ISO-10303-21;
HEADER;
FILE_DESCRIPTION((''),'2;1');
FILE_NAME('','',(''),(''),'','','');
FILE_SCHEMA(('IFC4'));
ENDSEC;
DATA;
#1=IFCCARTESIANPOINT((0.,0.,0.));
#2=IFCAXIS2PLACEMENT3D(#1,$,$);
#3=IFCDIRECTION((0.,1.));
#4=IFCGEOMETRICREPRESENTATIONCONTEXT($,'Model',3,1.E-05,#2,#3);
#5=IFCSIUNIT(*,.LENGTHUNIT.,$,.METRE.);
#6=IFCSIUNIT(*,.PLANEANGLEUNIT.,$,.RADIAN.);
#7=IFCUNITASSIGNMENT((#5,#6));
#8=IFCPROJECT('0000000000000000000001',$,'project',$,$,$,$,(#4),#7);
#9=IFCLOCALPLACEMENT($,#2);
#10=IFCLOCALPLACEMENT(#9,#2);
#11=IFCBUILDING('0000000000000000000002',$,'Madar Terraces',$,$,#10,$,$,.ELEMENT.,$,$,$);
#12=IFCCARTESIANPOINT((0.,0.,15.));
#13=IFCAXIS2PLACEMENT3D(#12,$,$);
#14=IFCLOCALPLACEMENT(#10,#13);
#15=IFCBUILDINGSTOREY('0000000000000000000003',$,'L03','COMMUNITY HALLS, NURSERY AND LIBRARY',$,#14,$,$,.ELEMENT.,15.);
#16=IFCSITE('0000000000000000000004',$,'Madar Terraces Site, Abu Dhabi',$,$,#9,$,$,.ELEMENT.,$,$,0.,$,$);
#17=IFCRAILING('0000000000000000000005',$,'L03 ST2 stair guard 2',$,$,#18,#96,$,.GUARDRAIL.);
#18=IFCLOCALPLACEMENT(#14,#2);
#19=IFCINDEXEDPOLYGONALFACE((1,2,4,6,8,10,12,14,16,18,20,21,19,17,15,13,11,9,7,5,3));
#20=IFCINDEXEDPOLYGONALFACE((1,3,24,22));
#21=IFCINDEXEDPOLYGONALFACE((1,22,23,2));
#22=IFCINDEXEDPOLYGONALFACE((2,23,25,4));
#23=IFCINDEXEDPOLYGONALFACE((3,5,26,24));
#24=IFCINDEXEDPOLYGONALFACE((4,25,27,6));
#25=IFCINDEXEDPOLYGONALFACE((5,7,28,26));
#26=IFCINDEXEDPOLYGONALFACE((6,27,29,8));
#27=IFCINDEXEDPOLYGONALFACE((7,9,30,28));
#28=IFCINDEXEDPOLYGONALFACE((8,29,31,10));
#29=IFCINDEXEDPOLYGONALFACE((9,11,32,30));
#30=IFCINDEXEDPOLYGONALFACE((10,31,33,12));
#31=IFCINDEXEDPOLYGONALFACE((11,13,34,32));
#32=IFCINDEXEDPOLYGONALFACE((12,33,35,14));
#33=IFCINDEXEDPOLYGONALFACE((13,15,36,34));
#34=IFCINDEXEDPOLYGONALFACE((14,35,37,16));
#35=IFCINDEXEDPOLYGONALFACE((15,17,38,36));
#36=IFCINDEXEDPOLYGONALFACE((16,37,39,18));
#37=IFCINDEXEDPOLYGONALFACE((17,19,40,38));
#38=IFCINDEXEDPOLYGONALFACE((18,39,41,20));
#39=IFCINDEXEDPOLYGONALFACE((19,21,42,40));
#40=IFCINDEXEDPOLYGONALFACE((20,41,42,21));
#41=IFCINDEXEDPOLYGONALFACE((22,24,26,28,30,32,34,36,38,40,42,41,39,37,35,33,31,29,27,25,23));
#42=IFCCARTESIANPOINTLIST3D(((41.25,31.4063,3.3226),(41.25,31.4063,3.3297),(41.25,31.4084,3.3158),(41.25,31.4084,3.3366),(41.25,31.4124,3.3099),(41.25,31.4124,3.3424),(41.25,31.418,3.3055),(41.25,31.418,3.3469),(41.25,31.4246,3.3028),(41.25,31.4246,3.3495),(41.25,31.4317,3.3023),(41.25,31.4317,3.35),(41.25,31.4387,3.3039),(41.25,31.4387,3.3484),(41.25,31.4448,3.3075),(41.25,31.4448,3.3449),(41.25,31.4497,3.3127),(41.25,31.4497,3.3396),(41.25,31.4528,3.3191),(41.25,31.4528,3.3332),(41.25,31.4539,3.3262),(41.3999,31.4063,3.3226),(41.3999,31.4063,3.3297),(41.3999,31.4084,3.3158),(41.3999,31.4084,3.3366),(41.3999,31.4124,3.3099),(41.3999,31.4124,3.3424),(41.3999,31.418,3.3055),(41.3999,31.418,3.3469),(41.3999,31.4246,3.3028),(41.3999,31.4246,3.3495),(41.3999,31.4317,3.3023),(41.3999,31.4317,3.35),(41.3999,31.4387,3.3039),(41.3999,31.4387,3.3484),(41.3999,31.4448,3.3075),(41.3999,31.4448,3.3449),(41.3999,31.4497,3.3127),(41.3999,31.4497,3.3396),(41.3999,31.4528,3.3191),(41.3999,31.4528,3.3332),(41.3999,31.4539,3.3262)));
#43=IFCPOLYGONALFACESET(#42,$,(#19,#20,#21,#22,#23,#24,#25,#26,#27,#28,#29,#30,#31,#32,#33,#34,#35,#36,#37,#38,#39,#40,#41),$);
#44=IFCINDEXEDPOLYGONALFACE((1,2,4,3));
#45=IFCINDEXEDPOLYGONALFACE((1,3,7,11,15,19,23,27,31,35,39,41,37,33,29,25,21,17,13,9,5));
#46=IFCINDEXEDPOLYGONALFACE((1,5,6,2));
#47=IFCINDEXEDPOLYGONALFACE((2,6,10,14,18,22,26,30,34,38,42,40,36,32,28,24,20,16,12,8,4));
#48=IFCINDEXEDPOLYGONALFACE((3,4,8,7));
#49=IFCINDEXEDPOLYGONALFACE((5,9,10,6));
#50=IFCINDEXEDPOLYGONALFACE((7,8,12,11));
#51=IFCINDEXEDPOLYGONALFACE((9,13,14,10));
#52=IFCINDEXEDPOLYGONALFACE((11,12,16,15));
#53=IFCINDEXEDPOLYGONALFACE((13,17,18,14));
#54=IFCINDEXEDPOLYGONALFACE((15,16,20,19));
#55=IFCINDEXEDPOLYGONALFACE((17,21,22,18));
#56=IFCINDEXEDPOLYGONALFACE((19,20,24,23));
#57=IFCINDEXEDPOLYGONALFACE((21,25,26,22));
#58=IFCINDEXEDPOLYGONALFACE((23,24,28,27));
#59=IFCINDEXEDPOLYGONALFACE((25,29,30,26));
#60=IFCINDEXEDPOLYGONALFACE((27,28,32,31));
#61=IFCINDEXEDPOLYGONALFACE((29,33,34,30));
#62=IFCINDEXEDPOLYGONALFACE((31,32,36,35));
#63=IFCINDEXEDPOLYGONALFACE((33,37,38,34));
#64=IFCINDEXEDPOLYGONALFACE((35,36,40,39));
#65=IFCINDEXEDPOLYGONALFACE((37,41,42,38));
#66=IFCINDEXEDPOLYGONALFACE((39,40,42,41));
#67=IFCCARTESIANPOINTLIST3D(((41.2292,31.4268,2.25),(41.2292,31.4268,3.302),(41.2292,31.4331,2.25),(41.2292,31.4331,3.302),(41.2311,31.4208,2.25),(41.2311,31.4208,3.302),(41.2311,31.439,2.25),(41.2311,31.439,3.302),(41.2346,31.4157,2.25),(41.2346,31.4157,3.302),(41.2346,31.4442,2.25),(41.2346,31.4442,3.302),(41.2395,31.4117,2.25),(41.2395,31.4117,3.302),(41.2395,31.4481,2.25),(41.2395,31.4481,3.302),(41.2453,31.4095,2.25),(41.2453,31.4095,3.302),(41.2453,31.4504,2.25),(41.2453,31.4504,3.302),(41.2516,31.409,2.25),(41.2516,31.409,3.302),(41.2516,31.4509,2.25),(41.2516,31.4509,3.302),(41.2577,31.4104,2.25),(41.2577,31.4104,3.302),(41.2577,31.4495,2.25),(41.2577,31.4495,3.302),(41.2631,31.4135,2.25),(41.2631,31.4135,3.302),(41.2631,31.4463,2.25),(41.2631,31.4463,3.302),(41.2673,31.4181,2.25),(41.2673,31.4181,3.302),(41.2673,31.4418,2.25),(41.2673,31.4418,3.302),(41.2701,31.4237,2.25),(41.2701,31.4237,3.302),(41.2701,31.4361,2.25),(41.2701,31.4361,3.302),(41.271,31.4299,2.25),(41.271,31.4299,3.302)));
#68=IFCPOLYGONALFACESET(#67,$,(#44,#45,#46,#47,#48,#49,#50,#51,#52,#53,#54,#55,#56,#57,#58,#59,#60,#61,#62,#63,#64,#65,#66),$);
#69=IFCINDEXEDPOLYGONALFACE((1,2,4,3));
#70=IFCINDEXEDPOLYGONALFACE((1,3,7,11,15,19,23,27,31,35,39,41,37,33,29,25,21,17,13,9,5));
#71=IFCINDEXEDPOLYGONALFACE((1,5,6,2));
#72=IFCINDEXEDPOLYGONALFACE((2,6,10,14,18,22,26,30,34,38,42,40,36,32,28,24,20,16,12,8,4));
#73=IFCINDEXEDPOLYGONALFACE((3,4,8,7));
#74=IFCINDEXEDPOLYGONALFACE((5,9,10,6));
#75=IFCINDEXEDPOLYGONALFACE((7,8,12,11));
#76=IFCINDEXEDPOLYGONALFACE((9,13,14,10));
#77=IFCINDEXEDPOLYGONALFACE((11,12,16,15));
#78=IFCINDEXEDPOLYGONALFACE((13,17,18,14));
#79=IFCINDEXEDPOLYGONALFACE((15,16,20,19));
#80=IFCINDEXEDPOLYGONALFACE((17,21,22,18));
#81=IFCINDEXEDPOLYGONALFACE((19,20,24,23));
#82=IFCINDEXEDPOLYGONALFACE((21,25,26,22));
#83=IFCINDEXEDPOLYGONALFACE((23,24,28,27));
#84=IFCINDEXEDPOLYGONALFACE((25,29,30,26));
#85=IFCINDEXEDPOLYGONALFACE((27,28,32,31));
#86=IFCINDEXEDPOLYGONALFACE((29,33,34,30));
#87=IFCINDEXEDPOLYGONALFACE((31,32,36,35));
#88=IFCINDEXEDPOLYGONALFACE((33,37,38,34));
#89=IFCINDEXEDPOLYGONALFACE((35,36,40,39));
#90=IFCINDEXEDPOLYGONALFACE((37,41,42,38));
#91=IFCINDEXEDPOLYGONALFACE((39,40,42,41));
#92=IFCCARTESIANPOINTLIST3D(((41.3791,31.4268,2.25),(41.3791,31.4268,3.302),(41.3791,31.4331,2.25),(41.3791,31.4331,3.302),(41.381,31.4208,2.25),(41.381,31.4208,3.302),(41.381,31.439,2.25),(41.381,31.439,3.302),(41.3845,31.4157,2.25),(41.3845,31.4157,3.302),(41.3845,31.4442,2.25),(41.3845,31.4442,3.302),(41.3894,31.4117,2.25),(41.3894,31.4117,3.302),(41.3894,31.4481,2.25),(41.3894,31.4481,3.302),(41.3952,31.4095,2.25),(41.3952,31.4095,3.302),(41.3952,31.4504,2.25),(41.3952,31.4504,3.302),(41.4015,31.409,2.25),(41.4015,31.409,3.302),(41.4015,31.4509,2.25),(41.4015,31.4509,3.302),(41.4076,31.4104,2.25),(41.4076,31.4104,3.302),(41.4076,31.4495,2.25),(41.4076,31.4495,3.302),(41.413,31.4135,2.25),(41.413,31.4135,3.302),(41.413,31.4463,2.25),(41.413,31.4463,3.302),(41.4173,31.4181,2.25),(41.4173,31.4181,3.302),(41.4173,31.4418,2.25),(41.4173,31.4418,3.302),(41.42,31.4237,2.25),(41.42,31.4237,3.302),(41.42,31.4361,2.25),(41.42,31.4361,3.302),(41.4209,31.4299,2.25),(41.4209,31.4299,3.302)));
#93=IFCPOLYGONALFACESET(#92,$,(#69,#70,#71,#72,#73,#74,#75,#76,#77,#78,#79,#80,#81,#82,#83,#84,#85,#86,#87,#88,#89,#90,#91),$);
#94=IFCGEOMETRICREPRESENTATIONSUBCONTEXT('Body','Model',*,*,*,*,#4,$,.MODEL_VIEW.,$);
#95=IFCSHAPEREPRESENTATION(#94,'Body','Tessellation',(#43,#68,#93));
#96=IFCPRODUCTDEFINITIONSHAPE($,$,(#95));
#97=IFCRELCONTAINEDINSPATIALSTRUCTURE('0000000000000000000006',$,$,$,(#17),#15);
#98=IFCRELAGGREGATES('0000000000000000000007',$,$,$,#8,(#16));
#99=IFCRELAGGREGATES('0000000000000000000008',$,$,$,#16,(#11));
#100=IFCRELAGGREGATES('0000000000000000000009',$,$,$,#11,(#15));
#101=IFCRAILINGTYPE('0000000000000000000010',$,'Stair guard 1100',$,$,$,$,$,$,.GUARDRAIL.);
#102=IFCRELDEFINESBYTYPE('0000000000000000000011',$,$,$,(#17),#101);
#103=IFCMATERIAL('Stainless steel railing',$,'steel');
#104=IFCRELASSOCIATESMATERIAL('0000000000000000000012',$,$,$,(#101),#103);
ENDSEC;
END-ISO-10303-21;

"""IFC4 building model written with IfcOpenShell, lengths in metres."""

from ifc_helpers import new_model, si_unit, direction, frame, origin, origin_2d, place, context, subcontext, project, spatial, circle, extrude, material, type_object, element, save


model = new_model("IFC4")

# Units and contexts
model_context = context("Model", 3, precision=1e-05, world=origin(), true_north=direction((0.0, 1.0)))
body_context = subcontext(model_context, "Body", "Model", "MODEL_VIEW")
ifc_project = project(units=[si_unit("LENGTHUNIT", "METRE"), si_unit("PLANEANGLEUNIT", "RADIAN")], contexts=[model_context])

# Site, building, storey
site_placement = place(None, origin())
site = spatial("IfcSite", under=ifc_project, at=site_placement, Name="Madar Terraces Site, Abu Dhabi", CompositionType="ELEMENT", RefElevation=0.0)
building_placement = place(site_placement, origin())
building = spatial("IfcBuilding", under=site, at=building_placement, Name="Madar Terraces", CompositionType="ELEMENT")
storey_placement = place(building_placement, frame((0.0, 0.0, 15.0)))
storey = spatial("IfcBuildingStorey", under=building, at=storey_placement, Name="L03", Description="COMMUNITY HALLS, NURSERY AND LIBRARY", CompositionType="ELEMENT", Elevation=15.0)

# Railing
ifc_material_1 = material(Name="Stainless steel railing", Category="steel")
railing_type_1 = type_object("IfcRailingType", Name="Stair guard 1100", PredefinedType="GUARDRAIL", material=ifc_material_1)
railing_1_placement = place(storey_placement, frame((41.25, 31.4299, 2.25)))
element("IfcRailing", 1, at=railing_1_placement, inside=storey, type_object=railing_type_1, Name="L03 ST2 stair guard 2", PredefinedType="GUARDRAIL", context=body_context, shape_type="SweptSolid", body=[
    extrude(circle(Radius=0.0239, at=origin_2d()), frame((0.0, 0.0, 1.0762), z_axis=(1.0, 0.0, 0.0), x_axis=(0.0, 1.0, 0.0)), (0.0, 0.0, 1.0), 0.1499),
    extrude(circle(Radius=0.021, at=origin_2d()), origin(), (0.0, 0.0, 1.0), 1.052),
    extrude(circle(Radius=0.021, at=origin_2d()), frame((0.1499, 0.0, 0.0)), (0.0, 0.0, 1.0), 1.052),
])

save(model, "model.ifc")
